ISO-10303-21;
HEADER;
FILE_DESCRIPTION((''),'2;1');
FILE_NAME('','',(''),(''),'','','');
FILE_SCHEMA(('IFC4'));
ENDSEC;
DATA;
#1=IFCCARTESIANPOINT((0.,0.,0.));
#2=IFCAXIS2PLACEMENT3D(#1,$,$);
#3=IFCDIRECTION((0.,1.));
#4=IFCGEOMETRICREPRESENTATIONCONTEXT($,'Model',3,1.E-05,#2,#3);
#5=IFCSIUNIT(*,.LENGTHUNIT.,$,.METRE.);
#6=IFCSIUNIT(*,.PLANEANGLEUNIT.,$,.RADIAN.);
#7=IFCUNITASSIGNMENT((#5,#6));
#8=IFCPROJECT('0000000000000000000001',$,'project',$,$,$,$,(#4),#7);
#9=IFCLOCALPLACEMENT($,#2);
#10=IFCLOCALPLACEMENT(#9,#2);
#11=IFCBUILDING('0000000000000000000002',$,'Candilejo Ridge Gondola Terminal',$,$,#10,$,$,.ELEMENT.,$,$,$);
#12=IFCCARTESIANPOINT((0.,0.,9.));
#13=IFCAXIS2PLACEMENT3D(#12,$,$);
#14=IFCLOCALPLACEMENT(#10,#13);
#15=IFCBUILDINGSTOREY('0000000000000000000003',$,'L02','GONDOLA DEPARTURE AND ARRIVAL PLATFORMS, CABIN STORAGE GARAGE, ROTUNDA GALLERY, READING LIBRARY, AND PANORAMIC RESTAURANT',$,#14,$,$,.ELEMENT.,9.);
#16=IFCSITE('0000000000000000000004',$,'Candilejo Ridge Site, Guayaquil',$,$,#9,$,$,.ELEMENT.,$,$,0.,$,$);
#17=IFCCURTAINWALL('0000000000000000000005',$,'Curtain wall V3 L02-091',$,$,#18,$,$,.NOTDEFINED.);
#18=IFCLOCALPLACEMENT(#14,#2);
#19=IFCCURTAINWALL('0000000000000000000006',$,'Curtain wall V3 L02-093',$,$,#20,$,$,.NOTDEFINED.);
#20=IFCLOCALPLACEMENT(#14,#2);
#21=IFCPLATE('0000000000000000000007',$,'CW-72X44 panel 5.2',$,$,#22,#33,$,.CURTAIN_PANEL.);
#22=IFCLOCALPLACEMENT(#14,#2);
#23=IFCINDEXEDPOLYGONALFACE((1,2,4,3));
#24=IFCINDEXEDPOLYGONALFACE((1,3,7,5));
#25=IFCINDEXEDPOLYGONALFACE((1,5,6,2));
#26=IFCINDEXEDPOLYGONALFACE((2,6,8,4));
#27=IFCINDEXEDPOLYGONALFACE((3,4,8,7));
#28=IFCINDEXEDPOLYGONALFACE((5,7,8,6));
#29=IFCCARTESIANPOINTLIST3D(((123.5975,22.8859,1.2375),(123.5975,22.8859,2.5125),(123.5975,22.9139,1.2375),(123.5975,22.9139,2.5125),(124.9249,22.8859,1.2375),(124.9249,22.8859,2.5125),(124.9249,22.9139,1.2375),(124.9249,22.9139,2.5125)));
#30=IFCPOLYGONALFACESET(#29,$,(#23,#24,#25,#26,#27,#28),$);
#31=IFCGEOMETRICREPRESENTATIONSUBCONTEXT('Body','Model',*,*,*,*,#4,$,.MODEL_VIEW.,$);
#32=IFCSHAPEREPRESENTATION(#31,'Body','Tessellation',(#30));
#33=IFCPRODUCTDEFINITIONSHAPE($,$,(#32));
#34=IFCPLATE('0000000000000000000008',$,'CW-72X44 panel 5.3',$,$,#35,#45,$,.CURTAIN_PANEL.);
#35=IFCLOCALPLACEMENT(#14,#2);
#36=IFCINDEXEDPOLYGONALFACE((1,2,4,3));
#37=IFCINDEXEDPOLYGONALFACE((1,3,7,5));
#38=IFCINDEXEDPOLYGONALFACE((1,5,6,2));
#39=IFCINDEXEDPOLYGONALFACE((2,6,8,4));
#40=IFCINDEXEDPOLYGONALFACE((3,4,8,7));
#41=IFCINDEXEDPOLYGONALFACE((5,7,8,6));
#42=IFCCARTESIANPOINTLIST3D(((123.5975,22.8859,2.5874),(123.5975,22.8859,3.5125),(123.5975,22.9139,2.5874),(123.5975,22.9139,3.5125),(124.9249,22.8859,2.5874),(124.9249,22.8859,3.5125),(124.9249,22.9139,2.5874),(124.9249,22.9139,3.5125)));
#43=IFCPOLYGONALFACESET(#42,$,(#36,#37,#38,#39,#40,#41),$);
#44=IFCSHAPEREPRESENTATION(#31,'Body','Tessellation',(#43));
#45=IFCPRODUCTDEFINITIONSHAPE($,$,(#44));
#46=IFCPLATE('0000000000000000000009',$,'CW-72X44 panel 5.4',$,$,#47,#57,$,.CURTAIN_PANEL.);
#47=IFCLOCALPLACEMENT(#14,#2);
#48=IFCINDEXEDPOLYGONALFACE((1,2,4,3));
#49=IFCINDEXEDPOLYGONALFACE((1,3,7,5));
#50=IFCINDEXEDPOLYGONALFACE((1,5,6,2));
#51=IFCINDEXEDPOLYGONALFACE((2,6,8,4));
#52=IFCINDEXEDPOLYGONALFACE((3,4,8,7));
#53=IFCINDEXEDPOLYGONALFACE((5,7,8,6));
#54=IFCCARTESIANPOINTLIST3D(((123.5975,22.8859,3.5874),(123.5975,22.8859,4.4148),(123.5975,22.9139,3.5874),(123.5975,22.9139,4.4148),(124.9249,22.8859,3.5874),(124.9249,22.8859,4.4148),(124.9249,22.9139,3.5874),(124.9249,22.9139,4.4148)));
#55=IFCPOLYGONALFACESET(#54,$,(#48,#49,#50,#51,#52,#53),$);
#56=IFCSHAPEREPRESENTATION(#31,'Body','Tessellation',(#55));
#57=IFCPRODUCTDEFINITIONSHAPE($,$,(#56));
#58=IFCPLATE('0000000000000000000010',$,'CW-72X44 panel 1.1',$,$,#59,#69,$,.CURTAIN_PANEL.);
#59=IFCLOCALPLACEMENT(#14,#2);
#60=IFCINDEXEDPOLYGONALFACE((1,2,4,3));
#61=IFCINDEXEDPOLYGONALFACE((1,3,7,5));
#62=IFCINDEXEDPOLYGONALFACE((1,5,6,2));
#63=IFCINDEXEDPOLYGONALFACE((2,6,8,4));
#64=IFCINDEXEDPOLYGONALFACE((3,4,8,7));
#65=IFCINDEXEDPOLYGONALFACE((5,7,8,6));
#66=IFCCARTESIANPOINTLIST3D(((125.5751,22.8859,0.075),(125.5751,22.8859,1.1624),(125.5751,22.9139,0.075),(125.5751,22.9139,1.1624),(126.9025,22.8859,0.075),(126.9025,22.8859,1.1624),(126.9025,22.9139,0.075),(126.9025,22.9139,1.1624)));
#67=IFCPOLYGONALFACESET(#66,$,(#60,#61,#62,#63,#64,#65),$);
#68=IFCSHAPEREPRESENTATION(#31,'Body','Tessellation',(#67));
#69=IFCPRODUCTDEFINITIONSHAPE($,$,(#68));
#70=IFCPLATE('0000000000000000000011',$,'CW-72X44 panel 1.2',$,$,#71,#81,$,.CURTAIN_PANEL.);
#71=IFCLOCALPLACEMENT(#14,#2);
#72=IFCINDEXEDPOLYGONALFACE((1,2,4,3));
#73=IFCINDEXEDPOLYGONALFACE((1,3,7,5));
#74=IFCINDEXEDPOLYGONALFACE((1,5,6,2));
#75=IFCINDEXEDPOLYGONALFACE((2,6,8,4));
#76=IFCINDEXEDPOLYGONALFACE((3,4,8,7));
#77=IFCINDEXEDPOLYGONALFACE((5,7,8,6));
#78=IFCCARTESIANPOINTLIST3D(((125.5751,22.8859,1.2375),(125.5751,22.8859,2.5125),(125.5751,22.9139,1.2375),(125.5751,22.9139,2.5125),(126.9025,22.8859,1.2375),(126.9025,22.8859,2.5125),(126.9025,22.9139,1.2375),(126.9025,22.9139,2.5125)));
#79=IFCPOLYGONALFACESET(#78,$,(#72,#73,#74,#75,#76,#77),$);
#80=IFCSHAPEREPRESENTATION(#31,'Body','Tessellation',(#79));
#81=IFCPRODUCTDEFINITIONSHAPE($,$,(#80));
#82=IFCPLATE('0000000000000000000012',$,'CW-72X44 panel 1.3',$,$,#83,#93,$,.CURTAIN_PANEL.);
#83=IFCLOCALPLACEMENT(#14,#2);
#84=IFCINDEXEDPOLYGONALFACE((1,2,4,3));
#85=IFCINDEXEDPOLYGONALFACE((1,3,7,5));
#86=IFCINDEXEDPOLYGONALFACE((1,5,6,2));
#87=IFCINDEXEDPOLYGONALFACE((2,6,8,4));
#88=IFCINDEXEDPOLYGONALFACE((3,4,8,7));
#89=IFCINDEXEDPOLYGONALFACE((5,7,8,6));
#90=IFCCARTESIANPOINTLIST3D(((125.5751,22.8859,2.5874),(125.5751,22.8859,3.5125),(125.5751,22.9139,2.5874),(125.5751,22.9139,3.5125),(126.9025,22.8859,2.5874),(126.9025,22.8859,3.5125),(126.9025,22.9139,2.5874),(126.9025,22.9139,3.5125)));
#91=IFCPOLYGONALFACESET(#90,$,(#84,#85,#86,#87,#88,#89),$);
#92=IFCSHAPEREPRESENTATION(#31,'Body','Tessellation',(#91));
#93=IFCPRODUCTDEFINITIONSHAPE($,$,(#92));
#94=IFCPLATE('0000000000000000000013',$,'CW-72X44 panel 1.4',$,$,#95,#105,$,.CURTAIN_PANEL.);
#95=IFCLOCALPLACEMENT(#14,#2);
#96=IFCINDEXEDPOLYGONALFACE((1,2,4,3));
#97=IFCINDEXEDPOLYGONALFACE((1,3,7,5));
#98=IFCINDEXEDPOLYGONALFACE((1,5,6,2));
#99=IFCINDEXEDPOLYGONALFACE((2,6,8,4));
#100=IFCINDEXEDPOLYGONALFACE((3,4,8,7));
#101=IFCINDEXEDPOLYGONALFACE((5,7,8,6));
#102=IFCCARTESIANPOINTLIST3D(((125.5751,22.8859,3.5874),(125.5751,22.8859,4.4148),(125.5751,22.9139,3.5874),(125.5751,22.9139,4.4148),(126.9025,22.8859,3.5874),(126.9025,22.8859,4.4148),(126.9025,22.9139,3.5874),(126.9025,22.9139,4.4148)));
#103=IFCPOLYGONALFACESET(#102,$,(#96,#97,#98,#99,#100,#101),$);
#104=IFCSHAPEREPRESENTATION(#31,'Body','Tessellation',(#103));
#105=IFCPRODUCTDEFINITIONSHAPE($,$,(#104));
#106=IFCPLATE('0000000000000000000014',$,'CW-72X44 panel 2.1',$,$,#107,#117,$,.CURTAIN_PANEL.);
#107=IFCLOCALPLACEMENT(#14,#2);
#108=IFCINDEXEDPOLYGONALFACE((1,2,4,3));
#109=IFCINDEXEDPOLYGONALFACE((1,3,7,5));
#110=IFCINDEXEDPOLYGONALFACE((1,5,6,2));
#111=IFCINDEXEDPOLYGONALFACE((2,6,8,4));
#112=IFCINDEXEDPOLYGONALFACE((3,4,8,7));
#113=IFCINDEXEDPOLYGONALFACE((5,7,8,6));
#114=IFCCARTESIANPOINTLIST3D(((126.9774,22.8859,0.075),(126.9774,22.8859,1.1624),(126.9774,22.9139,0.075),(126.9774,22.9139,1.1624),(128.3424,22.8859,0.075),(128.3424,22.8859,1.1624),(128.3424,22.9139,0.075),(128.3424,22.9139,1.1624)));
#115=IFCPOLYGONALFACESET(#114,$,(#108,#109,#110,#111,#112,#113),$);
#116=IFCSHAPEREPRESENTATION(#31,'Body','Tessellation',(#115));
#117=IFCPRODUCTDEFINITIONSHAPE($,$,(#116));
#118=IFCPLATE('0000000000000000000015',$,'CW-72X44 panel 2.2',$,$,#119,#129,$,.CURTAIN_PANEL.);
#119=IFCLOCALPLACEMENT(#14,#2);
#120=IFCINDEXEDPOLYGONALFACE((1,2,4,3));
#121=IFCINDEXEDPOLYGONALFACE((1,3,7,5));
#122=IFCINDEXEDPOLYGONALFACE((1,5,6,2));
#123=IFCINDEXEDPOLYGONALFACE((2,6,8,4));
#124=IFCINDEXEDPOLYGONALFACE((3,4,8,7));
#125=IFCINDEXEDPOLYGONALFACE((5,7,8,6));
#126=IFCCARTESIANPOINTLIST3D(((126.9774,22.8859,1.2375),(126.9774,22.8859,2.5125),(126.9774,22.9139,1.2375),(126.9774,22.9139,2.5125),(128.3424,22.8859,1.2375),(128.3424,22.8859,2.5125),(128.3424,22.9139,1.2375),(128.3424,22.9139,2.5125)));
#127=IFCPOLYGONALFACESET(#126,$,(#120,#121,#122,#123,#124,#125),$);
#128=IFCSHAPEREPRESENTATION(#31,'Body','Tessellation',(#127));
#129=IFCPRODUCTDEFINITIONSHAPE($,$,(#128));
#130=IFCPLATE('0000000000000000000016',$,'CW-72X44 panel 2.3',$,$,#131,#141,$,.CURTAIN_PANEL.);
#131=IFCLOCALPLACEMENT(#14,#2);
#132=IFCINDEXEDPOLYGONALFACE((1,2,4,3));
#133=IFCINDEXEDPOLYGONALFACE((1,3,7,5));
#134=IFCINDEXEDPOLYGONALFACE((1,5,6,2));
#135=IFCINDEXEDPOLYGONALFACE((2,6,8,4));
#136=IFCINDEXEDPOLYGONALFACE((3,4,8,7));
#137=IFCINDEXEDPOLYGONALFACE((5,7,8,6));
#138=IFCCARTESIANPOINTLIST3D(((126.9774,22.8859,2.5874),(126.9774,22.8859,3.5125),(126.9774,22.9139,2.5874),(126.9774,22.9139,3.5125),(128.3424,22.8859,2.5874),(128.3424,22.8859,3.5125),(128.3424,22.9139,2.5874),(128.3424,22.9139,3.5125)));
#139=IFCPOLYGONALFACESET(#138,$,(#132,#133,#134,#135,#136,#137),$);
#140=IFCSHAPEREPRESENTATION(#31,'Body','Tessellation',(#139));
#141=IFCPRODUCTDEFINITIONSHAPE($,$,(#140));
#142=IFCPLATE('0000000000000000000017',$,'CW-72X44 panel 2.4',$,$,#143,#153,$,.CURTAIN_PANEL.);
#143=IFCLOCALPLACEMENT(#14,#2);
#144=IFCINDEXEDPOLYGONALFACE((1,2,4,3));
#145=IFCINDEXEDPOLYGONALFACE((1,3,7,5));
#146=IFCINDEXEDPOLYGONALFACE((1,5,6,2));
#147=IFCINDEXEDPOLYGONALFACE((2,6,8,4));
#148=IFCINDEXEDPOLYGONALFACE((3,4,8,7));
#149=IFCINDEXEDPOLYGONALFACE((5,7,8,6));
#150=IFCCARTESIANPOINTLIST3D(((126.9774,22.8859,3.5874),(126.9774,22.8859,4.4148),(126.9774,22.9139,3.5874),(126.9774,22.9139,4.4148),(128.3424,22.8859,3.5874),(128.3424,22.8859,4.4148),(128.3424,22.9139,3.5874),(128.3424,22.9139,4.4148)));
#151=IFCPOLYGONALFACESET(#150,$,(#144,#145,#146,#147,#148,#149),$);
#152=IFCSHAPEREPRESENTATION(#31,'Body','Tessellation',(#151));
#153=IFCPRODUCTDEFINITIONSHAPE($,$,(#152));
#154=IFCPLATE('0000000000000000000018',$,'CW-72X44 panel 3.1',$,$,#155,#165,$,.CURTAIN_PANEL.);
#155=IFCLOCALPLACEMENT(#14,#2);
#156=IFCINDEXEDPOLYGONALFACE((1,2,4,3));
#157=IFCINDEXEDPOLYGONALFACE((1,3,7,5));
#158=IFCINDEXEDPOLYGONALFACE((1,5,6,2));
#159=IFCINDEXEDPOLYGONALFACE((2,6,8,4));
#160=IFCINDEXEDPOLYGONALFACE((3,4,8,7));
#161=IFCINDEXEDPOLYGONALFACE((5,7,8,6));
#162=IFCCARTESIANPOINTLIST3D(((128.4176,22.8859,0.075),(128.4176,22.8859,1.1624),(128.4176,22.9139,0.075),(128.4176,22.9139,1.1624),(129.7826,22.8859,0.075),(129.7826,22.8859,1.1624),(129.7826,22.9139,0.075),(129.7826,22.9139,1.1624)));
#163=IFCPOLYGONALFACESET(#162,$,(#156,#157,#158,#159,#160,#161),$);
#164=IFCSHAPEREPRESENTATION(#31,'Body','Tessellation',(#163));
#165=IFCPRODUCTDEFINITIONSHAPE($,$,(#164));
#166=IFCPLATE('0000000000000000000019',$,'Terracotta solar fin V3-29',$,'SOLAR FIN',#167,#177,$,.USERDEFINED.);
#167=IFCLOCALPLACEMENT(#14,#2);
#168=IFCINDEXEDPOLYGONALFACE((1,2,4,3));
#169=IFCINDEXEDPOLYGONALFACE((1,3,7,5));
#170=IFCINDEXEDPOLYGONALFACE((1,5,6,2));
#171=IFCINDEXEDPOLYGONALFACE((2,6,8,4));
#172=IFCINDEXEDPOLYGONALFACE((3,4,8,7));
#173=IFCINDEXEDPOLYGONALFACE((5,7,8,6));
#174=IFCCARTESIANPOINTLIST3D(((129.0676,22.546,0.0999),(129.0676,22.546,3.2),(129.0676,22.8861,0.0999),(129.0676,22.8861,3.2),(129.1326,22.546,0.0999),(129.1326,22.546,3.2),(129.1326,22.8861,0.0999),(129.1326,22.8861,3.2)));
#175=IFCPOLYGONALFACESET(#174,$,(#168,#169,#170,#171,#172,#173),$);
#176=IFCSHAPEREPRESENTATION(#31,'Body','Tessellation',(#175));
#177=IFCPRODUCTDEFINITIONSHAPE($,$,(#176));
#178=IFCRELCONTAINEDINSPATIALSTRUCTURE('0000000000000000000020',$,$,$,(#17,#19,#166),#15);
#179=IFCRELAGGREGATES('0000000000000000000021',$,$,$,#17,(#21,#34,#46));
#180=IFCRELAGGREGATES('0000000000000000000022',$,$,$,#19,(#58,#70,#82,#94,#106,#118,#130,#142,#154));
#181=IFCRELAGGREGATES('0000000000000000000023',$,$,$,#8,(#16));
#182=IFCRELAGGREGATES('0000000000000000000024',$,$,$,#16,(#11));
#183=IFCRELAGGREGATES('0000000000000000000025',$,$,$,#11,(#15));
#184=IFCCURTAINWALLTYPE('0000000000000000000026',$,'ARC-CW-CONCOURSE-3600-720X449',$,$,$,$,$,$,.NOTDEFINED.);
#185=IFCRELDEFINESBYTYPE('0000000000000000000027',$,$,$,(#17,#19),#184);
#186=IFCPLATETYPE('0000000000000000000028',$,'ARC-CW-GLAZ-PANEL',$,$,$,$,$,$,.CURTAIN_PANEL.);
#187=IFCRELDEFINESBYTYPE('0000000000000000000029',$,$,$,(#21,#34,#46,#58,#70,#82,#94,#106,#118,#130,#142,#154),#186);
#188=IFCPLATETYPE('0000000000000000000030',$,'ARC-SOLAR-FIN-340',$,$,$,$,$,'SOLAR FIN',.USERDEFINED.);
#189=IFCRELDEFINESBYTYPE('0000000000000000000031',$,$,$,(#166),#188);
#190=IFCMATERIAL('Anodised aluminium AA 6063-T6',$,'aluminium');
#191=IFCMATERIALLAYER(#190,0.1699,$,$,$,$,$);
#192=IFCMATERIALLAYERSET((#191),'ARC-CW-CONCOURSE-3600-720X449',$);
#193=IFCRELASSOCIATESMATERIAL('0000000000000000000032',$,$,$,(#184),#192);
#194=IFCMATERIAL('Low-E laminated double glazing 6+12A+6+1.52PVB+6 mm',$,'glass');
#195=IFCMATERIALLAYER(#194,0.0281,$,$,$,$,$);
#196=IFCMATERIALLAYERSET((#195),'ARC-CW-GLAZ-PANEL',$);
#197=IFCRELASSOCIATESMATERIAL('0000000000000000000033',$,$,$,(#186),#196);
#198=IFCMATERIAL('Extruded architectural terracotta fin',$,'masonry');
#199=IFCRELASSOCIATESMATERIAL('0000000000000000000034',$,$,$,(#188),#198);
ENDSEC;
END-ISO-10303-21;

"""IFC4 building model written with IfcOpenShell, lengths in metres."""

from ifc_helpers import new_model, si_unit, direction, frame, origin, origin_2d, place, context, subcontext, project, spatial, rectangle, extrude, material, layer, layer_set, type_object, element, aggregate, save


model = new_model("IFC4")

# Units and contexts
model_context = context("Model", 3, precision=1e-05, world=origin(), true_north=direction((0.0, 1.0)))
body_context = subcontext(model_context, "Body", "Model", "MODEL_VIEW")
ifc_project = project(units=[si_unit("LENGTHUNIT", "METRE"), si_unit("PLANEANGLEUNIT", "RADIAN")], contexts=[model_context])

# Site, building, storey
site_placement = place(None, origin())
site = spatial("IfcSite", under=ifc_project, at=site_placement, Name="Candilejo Ridge Site, Guayaquil", CompositionType="ELEMENT", RefElevation=0.0)
building_placement = place(site_placement, origin())
building = spatial("IfcBuilding", under=site, at=building_placement, Name="Candilejo Ridge Gondola Terminal", CompositionType="ELEMENT")
storey_placement = place(building_placement, frame((0.0, 0.0, 9.0)))
storey = spatial("IfcBuildingStorey", under=building, at=storey_placement, Name="L02", Description="GONDOLA DEPARTURE AND ARRIVAL PLATFORMS, CABIN STORAGE GARAGE, ROTUNDA GALLERY, READING LIBRARY, AND PANORAMIC RESTAURANT", CompositionType="ELEMENT", Elevation=9.0)

# Curtain wall
ifc_material_1 = material(Name="Anodised aluminium AA 6063-T6", Category="aluminium")
ifc_layer_1 = layer(ifc_material_1, 0.1699)
ifc_layer_set_1 = layer_set([ifc_layer_1], Name="ARC-CW-CONCOURSE-3600-720X449")
curtain_wall_type = type_object("IfcCurtainWallType", Name="ARC-CW-CONCOURSE-3600-720X449", PredefinedType="NOTDEFINED", material=ifc_layer_set_1)
curtain_wall_1_placement = place(storey_placement, origin())
curtain_wall_1 = element("IfcCurtainWall", 1, at=curtain_wall_1_placement, inside=storey, type_object=curtain_wall_type, Name="Curtain wall V3 L02-091", PredefinedType="NOTDEFINED")

# Curtain wall
curtain_wall_2_placement = place(storey_placement, origin())
curtain_wall_2 = element("IfcCurtainWall", 2, at=curtain_wall_2_placement, inside=storey, type_object=curtain_wall_type, Name="Curtain wall V3 L02-093", PredefinedType="NOTDEFINED")

# Plates
ifc_material_2 = material(Name="Low-E laminated double glazing 6+12A+6+1.52PVB+6 mm", Category="glass")
ifc_layer_2 = layer(ifc_material_2, 0.0281)
ifc_layer_set_2 = layer_set([ifc_layer_2], Name="ARC-CW-GLAZ-PANEL")
plate_type_1 = type_object("IfcPlateType", Name="ARC-CW-GLAZ-PANEL", PredefinedType="CURTAIN_PANEL", material=ifc_layer_set_2)
plate_1_placement = place(storey_placement, frame((124.2612, 22.8999, 1.2375), z_axis=(0.0, 0.0, 1.0), x_axis=(1.0, 0.0, 0.0)))
plate_1 = element("IfcPlate", 3, at=plate_1_placement, type_object=plate_type_1, Name="CW-72X44 panel 5.2", PredefinedType="CURTAIN_PANEL", context=body_context, shape_type="SweptSolid", body=[
    extrude(rectangle(XDim=1.3274, YDim=0.0281, at=origin_2d()), origin(), (0.0, 0.0, 1.0), 1.2749),
])
plate_2_placement = place(storey_placement, frame((124.2612, 22.8999, 2.5874), z_axis=(0.0, 0.0, 1.0), x_axis=(1.0, 0.0, 0.0)))
plate_2 = element("IfcPlate", 4, at=plate_2_placement, type_object=plate_type_1, Name="CW-72X44 panel 5.3", PredefinedType="CURTAIN_PANEL", context=body_context, shape_type="SweptSolid", body=[
    extrude(rectangle(XDim=1.3274, YDim=0.0281, at=origin_2d()), origin(), (0.0, 0.0, 1.0), 0.925),
])
plate_3_placement = place(storey_placement, frame((124.2612, 22.8999, 3.5874), z_axis=(0.0, 0.0, 1.0), x_axis=(1.0, 0.0, 0.0)))
plate_3 = element("IfcPlate", 5, at=plate_3_placement, type_object=plate_type_1, Name="CW-72X44 panel 5.4", PredefinedType="CURTAIN_PANEL", context=body_context, shape_type="SweptSolid", body=[
    extrude(rectangle(XDim=1.3274, YDim=0.0281, at=origin_2d()), origin(), (0.0, 0.0, 1.0), 0.8274),
])
aggregate(curtain_wall_1, [plate_1, plate_2, plate_3])
plate_4_placement = place(storey_placement, frame((126.2388, 22.8999, 0.075), z_axis=(0.0, 0.0, 1.0), x_axis=(1.0, 0.0, 0.0)))
plate_4 = element("IfcPlate", 6, at=plate_4_placement, type_object=plate_type_1, Name="CW-72X44 panel 1.1", PredefinedType="CURTAIN_PANEL", context=body_context, shape_type="SweptSolid", body=[
    extrude(rectangle(XDim=1.3274, YDim=0.0281, at=origin_2d()), origin(), (0.0, 0.0, 1.0), 1.0874),
])
plate_5_placement = place(storey_placement, frame((126.2388, 22.8999, 1.2375), z_axis=(0.0, 0.0, 1.0), x_axis=(1.0, 0.0, 0.0)))
plate_5 = element("IfcPlate", 7, at=plate_5_placement, type_object=plate_type_1, Name="CW-72X44 panel 1.2", PredefinedType="CURTAIN_PANEL", context=body_context, shape_type="SweptSolid", body=[
    extrude(rectangle(XDim=1.3274, YDim=0.0281, at=origin_2d()), origin(), (0.0, 0.0, 1.0), 1.2749),
])
plate_6_placement = place(storey_placement, frame((126.2388, 22.8999, 2.5874), z_axis=(0.0, 0.0, 1.0), x_axis=(1.0, 0.0, 0.0)))
plate_6 = element("IfcPlate", 8, at=plate_6_placement, type_object=plate_type_1, Name="CW-72X44 panel 1.3", PredefinedType="CURTAIN_PANEL", context=body_context, shape_type="SweptSolid", body=[
    extrude(rectangle(XDim=1.3274, YDim=0.0281, at=origin_2d()), origin(), (0.0, 0.0, 1.0), 0.925),
])
plate_7_placement = place(storey_placement, frame((126.2388, 22.8999, 3.5874), z_axis=(0.0, 0.0, 1.0), x_axis=(1.0, 0.0, 0.0)))
plate_7 = element("IfcPlate", 9, at=plate_7_placement, type_object=plate_type_1, Name="CW-72X44 panel 1.4", PredefinedType="CURTAIN_PANEL", context=body_context, shape_type="SweptSolid", body=[
    extrude(rectangle(XDim=1.3274, YDim=0.0281, at=origin_2d()), origin(), (0.0, 0.0, 1.0), 0.8274),
])
plate_8_placement = place(storey_placement, frame((127.6599, 22.8999, 0.075), z_axis=(0.0, 0.0, 1.0), x_axis=(1.0, 0.0, 0.0)))
plate_8 = element("IfcPlate", 10, at=plate_8_placement, type_object=plate_type_1, Name="CW-72X44 panel 2.1", PredefinedType="CURTAIN_PANEL", context=body_context, shape_type="SweptSolid", body=[
    extrude(rectangle(XDim=1.365, YDim=0.0281, at=origin_2d()), origin(), (0.0, 0.0, 1.0), 1.0874),
])
plate_9_placement = place(storey_placement, frame((127.6599, 22.8999, 1.2375), z_axis=(0.0, 0.0, 1.0), x_axis=(1.0, 0.0, 0.0)))
plate_9 = element("IfcPlate", 11, at=plate_9_placement, type_object=plate_type_1, Name="CW-72X44 panel 2.2", PredefinedType="CURTAIN_PANEL", context=body_context, shape_type="SweptSolid", body=[
    extrude(rectangle(XDim=1.365, YDim=0.0281, at=origin_2d()), origin(), (0.0, 0.0, 1.0), 1.2749),
])
plate_10_placement = place(storey_placement, frame((127.6599, 22.8999, 2.5874), z_axis=(0.0, 0.0, 1.0), x_axis=(1.0, 0.0, 0.0)))
plate_10 = element("IfcPlate", 12, at=plate_10_placement, type_object=plate_type_1, Name="CW-72X44 panel 2.3", PredefinedType="CURTAIN_PANEL", context=body_context, shape_type="SweptSolid", body=[
    extrude(rectangle(XDim=1.365, YDim=0.0281, at=origin_2d()), origin(), (0.0, 0.0, 1.0), 0.925),
])
plate_11_placement = place(storey_placement, frame((127.6599, 22.8999, 3.5874), z_axis=(0.0, 0.0, 1.0), x_axis=(1.0, 0.0, 0.0)))
plate_11 = element("IfcPlate", 13, at=plate_11_placement, type_object=plate_type_1, Name="CW-72X44 panel 2.4", PredefinedType="CURTAIN_PANEL", context=body_context, shape_type="SweptSolid", body=[
    extrude(rectangle(XDim=1.365, YDim=0.0281, at=origin_2d()), origin(), (0.0, 0.0, 1.0), 0.8274),
])
plate_12_placement = place(storey_placement, frame((129.1001, 22.8999, 0.075), z_axis=(0.0, 0.0, 1.0), x_axis=(1.0, 0.0, 0.0)))
plate_12 = element("IfcPlate", 14, at=plate_12_placement, type_object=plate_type_1, Name="CW-72X44 panel 3.1", PredefinedType="CURTAIN_PANEL", context=body_context, shape_type="SweptSolid", body=[
    extrude(rectangle(XDim=1.365, YDim=0.0281, at=origin_2d()), origin(), (0.0, 0.0, 1.0), 1.0874),
])
aggregate(curtain_wall_2, [plate_4, plate_5, plate_6, plate_7, plate_8, plate_9, plate_10, plate_11, plate_12])
ifc_material_3 = material(Name="Extruded architectural terracotta fin", Category="masonry")
plate_type_2 = type_object("IfcPlateType", Name="ARC-SOLAR-FIN-340", ElementType="SOLAR FIN", PredefinedType="USERDEFINED", material=ifc_material_3)
plate_13_placement = place(storey_placement, frame((129.1001, 22.7161, 0.0999), z_axis=(0.0, 0.0, 1.0), x_axis=(1.0, 0.0, 0.0)))
element("IfcPlate", 15, at=plate_13_placement, inside=storey, type_object=plate_type_2, Name="Terracotta solar fin V3-29", ObjectType="SOLAR FIN", PredefinedType="USERDEFINED", context=body_context, shape_type="SweptSolid", body=[
    extrude(rectangle(XDim=0.0649, YDim=0.3401, at=origin_2d()), origin(), (0.0, 0.0, 1.0), 3.1001),
])

save(model, "model.ifc")
